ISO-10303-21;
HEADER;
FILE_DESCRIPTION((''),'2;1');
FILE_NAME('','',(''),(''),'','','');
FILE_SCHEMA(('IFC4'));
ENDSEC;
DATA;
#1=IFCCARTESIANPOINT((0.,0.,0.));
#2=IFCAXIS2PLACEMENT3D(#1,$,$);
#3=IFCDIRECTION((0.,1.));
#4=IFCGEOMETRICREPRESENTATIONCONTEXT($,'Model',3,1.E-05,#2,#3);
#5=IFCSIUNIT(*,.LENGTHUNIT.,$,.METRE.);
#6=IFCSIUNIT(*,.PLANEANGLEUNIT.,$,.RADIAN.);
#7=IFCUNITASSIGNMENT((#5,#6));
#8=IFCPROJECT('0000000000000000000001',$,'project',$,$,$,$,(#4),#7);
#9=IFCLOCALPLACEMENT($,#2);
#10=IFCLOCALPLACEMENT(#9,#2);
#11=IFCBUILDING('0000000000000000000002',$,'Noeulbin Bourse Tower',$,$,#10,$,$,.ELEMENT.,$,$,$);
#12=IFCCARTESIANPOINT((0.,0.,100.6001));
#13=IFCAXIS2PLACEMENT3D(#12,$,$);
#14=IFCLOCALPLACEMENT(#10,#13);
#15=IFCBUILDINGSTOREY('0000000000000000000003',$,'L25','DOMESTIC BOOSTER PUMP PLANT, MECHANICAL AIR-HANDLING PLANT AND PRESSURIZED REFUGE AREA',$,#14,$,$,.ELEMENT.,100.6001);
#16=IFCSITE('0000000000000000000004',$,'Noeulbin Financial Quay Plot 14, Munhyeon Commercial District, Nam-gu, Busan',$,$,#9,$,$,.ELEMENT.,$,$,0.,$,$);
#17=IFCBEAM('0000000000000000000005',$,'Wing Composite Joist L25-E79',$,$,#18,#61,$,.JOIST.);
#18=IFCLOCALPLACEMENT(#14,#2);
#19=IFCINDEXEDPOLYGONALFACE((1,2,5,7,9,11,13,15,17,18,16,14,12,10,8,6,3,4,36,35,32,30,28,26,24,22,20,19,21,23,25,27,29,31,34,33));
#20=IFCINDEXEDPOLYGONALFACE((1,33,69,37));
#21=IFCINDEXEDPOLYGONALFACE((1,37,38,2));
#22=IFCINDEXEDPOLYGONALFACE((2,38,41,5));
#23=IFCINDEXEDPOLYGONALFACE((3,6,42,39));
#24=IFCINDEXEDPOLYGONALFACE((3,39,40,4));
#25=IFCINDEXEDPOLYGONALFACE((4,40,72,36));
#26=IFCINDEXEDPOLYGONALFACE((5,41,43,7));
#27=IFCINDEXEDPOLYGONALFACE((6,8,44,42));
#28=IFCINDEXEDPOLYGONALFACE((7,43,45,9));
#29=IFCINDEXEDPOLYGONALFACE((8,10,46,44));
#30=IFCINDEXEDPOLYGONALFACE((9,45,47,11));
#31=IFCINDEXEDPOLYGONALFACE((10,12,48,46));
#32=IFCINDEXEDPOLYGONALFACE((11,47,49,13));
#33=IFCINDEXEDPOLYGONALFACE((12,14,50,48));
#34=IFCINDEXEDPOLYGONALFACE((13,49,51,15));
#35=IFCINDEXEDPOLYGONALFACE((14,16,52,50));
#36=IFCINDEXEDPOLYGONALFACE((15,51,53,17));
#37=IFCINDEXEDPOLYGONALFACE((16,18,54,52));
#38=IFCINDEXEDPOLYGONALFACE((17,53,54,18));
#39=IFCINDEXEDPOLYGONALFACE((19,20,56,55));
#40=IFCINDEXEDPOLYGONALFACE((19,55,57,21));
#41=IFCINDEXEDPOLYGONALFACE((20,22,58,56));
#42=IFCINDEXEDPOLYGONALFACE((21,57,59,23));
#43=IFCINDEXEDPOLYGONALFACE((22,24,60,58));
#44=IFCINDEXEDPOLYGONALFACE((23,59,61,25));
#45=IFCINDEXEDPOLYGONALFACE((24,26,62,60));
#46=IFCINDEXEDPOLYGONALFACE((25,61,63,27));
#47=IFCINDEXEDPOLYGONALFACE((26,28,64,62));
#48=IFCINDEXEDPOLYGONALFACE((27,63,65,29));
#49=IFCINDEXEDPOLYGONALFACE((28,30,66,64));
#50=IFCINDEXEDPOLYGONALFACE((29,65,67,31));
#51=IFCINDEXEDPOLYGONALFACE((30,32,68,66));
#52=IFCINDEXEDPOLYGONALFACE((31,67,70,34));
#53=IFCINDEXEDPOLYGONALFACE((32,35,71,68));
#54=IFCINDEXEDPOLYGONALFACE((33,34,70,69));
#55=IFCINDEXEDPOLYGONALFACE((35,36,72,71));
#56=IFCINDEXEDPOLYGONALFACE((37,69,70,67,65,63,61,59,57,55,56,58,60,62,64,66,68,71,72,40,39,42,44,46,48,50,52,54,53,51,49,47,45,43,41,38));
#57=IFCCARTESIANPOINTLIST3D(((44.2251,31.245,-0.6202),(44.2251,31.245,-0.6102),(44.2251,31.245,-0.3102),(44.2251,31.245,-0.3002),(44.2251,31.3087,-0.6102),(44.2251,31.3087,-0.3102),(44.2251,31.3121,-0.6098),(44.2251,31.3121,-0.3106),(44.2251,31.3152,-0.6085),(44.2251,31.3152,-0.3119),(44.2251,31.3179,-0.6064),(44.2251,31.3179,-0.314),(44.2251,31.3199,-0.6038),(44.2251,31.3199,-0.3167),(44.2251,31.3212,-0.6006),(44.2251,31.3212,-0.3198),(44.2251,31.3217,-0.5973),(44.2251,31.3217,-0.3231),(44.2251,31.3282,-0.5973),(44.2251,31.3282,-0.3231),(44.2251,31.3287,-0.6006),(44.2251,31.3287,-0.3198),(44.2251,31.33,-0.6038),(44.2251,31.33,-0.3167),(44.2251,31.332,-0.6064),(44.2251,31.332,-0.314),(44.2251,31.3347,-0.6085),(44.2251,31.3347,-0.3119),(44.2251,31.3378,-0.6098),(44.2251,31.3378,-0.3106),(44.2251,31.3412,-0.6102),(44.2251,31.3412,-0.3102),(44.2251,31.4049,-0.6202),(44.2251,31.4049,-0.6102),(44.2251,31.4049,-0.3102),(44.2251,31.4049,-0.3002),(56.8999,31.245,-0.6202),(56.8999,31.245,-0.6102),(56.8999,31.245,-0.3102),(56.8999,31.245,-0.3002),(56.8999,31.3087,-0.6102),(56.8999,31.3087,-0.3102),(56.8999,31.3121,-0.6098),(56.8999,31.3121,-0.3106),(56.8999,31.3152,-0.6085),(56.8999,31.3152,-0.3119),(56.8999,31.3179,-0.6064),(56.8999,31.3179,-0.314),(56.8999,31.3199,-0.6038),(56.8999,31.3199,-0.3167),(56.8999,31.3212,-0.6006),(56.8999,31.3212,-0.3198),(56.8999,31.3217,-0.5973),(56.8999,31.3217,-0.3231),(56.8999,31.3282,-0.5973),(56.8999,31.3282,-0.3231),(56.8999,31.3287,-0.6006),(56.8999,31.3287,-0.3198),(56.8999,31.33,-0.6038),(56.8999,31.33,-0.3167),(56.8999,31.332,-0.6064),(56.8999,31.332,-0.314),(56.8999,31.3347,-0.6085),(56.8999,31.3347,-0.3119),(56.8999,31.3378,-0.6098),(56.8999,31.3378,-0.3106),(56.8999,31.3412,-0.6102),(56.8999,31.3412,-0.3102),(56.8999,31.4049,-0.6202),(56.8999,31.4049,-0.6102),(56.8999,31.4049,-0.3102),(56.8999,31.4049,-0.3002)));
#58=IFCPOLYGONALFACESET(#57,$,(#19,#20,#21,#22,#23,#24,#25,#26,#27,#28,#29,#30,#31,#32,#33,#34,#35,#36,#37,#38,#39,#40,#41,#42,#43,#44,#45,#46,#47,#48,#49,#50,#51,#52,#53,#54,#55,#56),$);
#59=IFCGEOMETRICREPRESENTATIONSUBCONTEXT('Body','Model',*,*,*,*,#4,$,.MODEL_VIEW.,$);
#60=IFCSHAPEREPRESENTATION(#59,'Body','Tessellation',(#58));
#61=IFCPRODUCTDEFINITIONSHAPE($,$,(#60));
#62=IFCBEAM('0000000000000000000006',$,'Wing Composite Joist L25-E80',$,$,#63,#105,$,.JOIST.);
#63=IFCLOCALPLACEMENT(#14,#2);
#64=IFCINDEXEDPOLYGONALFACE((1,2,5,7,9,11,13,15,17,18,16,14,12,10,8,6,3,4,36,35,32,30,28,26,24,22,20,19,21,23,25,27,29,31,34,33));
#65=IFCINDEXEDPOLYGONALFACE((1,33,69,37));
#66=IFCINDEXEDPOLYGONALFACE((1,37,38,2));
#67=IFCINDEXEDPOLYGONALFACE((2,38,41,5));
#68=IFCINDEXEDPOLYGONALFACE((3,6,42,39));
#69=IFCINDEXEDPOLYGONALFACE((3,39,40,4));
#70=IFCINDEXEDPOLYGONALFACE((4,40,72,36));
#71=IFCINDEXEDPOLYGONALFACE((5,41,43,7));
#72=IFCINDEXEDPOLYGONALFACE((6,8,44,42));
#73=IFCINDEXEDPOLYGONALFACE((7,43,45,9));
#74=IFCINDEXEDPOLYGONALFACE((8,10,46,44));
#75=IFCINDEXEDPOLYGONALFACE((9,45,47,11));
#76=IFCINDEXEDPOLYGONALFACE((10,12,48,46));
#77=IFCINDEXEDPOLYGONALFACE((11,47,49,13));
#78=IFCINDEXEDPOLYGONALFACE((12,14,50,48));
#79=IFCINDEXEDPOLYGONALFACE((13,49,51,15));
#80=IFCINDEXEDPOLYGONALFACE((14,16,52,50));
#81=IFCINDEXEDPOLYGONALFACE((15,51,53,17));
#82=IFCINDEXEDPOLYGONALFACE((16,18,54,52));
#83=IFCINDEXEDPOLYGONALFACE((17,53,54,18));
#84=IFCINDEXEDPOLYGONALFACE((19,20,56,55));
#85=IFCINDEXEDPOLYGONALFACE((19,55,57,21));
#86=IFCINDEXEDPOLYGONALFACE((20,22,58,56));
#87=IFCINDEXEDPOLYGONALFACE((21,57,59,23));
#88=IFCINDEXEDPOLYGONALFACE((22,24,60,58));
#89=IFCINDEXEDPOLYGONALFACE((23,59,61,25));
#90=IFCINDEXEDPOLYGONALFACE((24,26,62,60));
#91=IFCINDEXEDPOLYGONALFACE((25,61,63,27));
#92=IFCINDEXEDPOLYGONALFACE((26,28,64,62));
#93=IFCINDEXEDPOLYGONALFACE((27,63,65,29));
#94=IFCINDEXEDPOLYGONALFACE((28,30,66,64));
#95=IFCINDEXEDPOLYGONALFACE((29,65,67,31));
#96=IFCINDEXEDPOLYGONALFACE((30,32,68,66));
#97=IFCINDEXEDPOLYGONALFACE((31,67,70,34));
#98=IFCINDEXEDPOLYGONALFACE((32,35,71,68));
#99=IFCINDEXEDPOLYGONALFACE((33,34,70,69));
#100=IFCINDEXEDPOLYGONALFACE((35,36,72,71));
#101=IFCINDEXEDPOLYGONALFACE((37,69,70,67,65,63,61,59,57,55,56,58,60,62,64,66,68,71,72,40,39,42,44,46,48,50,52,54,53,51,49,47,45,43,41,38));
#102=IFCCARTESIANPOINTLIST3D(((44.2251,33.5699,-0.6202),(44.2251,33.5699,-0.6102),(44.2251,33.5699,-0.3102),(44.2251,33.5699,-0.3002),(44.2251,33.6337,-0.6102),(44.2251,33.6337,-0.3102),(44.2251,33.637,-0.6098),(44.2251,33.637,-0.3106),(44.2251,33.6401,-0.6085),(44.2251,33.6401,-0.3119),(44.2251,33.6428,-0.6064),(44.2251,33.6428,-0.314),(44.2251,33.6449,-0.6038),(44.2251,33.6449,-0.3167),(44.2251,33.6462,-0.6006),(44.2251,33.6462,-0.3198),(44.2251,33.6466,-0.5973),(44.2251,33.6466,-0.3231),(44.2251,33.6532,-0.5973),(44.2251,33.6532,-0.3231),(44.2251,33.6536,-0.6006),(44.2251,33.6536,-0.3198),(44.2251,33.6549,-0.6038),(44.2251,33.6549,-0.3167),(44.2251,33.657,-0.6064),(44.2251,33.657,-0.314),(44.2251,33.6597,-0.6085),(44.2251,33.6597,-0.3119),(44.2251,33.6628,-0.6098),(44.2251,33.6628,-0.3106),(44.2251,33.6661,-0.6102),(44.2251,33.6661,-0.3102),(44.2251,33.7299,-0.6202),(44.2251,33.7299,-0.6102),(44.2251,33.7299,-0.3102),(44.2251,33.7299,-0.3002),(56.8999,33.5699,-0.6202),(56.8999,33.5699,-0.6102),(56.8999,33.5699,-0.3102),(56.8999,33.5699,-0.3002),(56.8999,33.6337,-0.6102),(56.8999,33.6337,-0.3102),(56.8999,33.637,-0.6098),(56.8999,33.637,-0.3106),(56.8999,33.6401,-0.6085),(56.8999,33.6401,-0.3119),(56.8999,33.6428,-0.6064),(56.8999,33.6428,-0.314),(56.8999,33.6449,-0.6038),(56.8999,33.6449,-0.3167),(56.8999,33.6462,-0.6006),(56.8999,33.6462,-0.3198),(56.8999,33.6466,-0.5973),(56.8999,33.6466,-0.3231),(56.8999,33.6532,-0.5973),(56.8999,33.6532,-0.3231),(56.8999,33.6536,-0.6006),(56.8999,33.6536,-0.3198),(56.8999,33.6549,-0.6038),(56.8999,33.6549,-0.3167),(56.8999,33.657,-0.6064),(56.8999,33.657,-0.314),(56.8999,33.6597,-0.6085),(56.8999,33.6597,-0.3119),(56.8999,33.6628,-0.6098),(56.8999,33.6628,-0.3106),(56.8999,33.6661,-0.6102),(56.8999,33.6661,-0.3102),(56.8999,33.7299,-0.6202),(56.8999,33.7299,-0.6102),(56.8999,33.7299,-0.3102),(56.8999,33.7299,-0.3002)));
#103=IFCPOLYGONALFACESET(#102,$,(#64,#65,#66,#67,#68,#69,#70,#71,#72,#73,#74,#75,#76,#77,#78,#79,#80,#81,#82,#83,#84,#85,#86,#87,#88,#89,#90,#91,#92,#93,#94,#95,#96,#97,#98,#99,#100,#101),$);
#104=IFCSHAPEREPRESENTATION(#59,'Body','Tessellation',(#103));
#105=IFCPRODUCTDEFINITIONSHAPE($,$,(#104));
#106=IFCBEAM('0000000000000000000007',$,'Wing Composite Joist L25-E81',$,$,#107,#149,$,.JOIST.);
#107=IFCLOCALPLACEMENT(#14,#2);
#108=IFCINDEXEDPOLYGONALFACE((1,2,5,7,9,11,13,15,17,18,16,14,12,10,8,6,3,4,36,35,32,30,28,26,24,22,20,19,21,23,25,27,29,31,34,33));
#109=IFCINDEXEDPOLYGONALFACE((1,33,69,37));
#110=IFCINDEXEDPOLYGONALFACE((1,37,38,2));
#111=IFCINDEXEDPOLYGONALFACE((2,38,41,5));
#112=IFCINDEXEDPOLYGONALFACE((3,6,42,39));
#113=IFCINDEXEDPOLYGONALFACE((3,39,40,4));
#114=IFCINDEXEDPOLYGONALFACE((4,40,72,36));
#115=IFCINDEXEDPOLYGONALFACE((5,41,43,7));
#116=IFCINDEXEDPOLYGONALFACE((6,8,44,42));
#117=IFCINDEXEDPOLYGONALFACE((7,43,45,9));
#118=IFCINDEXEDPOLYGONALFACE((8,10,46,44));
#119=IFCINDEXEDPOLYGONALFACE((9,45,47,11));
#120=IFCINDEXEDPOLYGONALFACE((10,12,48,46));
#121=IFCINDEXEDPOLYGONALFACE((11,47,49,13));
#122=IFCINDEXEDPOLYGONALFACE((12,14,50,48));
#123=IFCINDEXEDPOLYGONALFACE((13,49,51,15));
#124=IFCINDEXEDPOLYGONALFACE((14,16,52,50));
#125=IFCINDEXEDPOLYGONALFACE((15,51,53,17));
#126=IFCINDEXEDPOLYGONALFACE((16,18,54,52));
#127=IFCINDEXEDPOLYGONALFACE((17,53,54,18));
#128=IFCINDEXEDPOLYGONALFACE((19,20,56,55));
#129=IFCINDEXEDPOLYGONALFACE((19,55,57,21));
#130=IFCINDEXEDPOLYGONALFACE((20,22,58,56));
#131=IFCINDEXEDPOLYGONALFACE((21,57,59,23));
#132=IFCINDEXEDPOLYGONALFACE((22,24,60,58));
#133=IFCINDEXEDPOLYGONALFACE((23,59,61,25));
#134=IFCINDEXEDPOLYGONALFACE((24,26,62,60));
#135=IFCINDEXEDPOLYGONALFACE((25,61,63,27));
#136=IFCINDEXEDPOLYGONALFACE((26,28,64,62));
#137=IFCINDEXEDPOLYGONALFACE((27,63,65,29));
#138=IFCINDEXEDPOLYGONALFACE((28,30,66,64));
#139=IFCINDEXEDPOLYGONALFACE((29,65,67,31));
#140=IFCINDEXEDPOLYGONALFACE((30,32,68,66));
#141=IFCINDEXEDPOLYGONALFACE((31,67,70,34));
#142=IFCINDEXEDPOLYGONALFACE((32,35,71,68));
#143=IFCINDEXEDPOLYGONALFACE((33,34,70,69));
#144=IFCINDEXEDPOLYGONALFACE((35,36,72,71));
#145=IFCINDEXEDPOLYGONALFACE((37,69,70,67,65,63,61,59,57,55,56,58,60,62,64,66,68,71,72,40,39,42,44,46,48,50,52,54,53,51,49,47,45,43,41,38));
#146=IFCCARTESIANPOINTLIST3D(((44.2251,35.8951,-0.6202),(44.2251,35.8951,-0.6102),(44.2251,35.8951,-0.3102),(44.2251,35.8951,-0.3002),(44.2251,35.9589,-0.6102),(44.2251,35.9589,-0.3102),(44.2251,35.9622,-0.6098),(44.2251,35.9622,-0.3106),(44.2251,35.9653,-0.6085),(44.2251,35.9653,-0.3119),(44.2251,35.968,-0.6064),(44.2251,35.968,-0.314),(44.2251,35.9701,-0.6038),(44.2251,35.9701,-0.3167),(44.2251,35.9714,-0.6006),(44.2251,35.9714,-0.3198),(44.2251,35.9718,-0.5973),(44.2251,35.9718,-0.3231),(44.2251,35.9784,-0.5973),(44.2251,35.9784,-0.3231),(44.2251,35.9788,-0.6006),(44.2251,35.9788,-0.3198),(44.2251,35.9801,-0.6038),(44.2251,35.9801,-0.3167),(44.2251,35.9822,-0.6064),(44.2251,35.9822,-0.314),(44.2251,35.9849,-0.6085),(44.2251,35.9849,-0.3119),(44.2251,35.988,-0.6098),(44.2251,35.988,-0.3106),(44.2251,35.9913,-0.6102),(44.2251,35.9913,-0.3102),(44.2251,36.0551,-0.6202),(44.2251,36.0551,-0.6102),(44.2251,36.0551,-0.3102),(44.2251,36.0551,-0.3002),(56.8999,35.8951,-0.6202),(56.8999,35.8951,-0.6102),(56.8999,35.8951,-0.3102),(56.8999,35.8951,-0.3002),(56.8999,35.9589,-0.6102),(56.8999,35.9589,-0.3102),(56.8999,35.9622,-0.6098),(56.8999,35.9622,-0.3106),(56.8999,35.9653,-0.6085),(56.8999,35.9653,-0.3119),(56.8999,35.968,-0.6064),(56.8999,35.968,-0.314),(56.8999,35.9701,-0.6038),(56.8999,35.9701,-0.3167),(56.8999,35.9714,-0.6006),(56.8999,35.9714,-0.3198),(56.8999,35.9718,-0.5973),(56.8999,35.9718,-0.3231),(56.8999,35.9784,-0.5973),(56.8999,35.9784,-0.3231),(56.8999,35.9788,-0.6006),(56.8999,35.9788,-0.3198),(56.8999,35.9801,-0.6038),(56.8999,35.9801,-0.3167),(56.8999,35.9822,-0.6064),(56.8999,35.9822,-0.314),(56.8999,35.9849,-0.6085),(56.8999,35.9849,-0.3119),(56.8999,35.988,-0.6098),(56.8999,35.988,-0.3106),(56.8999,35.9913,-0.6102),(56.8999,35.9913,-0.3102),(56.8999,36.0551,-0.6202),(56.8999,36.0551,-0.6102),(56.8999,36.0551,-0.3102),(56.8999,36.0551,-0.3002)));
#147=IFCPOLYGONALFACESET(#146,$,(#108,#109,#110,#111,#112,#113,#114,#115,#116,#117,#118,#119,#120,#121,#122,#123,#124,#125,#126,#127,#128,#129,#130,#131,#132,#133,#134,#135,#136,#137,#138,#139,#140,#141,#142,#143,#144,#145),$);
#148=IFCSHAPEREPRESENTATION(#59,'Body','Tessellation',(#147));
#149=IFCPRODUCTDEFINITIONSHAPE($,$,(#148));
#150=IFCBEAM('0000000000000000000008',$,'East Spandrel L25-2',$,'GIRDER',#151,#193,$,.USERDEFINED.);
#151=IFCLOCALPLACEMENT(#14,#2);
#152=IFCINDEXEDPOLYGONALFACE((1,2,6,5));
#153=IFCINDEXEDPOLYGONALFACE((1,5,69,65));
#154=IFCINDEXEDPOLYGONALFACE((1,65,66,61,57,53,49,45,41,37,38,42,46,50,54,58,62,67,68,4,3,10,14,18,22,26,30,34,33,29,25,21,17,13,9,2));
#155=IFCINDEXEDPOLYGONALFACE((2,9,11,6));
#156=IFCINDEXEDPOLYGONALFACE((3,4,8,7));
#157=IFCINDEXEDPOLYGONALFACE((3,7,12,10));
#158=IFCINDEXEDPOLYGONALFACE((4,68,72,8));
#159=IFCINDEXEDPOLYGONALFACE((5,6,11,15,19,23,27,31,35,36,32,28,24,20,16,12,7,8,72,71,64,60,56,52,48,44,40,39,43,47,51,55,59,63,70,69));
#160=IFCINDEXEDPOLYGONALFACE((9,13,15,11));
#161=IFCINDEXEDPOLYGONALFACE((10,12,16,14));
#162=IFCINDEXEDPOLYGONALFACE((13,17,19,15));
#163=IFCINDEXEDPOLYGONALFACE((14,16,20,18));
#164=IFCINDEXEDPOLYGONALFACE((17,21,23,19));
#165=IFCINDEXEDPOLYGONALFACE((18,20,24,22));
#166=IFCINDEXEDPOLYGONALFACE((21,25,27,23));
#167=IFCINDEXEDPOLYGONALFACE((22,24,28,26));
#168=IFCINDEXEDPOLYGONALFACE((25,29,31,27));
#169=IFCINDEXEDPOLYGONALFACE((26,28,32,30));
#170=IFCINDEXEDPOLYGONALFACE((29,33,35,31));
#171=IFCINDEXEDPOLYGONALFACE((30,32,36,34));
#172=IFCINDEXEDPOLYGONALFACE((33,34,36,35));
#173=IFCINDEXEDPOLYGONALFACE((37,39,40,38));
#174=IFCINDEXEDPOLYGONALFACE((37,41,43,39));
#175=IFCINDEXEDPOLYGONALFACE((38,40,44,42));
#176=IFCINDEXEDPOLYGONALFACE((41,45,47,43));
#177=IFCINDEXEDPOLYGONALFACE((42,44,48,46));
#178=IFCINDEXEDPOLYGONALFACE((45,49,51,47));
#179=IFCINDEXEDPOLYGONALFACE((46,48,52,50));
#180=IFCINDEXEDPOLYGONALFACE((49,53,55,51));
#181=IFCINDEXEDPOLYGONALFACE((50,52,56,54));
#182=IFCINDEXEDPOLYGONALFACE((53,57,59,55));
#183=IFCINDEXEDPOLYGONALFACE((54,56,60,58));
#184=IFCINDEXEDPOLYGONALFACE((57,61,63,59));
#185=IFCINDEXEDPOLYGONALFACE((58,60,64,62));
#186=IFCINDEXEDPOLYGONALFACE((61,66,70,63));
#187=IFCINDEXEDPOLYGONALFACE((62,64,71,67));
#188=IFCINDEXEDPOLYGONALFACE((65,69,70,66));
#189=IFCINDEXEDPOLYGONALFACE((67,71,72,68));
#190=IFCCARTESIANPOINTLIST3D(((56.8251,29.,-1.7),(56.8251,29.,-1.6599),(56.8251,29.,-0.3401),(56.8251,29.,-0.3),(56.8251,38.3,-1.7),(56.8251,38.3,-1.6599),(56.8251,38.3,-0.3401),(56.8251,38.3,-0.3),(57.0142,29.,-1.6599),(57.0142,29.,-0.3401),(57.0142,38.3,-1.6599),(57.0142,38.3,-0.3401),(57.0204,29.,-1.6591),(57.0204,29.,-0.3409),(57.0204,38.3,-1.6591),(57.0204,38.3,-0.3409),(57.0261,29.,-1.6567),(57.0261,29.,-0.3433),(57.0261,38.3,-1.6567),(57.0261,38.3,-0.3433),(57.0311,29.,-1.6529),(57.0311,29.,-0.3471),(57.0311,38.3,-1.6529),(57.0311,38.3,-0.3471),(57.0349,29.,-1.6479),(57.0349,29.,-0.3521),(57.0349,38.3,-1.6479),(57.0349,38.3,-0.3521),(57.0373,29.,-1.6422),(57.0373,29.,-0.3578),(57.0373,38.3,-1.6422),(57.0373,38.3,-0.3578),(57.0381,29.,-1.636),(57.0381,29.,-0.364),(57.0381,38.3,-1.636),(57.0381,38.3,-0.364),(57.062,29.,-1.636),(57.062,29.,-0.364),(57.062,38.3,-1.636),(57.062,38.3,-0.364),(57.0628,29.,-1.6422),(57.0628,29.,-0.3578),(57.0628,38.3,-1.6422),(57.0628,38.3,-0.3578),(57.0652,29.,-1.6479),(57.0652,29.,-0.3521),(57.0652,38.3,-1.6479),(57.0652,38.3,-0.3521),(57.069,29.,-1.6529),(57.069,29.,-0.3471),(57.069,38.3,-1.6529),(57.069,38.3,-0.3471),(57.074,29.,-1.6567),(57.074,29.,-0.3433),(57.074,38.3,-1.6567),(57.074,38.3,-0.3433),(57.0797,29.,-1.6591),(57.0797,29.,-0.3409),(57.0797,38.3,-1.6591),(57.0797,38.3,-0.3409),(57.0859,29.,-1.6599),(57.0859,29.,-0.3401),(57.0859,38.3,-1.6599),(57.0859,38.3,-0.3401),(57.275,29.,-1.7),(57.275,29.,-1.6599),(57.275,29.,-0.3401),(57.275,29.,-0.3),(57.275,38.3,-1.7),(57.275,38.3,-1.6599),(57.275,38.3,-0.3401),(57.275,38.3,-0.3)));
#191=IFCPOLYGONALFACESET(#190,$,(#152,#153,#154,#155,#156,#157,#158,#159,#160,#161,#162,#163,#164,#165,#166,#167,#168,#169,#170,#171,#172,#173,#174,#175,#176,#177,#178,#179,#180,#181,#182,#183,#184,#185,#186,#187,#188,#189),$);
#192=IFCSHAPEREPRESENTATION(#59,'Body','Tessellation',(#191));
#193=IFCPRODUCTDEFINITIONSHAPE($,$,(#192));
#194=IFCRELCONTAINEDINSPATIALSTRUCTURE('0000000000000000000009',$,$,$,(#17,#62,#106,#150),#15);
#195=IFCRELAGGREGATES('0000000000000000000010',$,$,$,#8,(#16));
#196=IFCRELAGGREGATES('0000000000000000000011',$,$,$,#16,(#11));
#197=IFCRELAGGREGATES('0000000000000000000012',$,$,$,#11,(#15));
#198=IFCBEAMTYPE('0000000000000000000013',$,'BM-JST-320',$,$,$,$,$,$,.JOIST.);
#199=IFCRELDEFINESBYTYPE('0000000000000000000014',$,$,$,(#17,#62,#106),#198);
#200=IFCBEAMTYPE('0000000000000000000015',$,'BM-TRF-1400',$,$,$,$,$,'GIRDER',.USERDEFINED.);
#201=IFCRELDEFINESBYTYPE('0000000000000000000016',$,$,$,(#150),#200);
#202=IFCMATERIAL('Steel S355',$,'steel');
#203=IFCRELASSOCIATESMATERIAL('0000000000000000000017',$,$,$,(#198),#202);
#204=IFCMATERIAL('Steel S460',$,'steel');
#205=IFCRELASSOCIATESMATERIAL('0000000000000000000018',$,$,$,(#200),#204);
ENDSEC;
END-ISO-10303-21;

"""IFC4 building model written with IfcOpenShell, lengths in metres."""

from ifc_helpers import new_model, si_unit, direction, frame, origin, origin_2d, place, context, subcontext, project, spatial, i_section, extrude, material, material_profile, profile_set, type_object, element, save


model = new_model("IFC4")

# Units and contexts
model_context = context("Model", 3, precision=1e-05, world=origin(), true_north=direction((0.0, 1.0)))
body_context = subcontext(model_context, "Body", "Model", "MODEL_VIEW")
ifc_project = project(units=[si_unit("LENGTHUNIT", "METRE"), si_unit("PLANEANGLEUNIT", "RADIAN")], contexts=[model_context])

# Site, building, storey
site_placement = place(None, origin())
site = spatial("IfcSite", under=ifc_project, at=site_placement, Name="Noeulbin Financial Quay Plot 14, Munhyeon Commercial District, Nam-gu, Busan", CompositionType="ELEMENT", RefElevation=0.0)
building_placement = place(site_placement, origin())
building = spatial("IfcBuilding", under=site, at=building_placement, Name="Noeulbin Bourse Tower", CompositionType="ELEMENT")
storey_placement = place(building_placement, frame((0.0, 0.0, 100.6001)))
storey = spatial("IfcBuildingStorey", under=building, at=storey_placement, Name="L25", Description="DOMESTIC BOOSTER PUMP PLANT, MECHANICAL AIR-HANDLING PLANT AND PRESSURIZED REFUGE AREA", CompositionType="ELEMENT", Elevation=100.6001)

# Shared definitions
ifc_material_1 = material(Name="Steel S460", Category="steel")

# Beams
ifc_material_2 = material(Name="Steel S355", Category="steel")
ifc_material_profile_1 = material_profile(ifc_material_2, i_section(OverallWidth=0.1599, OverallDepth=0.3201, WebThickness=0.0066, FlangeThickness=0.01, FilletRadius=0.0129, at=origin_2d()), Name="H-320x160x6.5x10", Category="LoadBearing")
ifc_profile_set_1 = profile_set([ifc_material_profile_1], Name="Steel S355")
beam_type_1 = type_object("IfcBeamType", Name="BM-JST-320", PredefinedType="JOIST", material=ifc_profile_set_1)
for number, where, z_axis, x_axis, name in (
    (1, (44.2251, 31.325, -0.4602), (1.0, 0.0, 0.0), (0.0, 1.0, 0.0), "Wing Composite Joist L25-E79"),
    (2, (44.2251, 33.6499, -0.4602), (1.0, 0.0, 0.0), (0.0, 1.0, 0.0), "Wing Composite Joist L25-E80"),
    (3, (44.2251, 35.9751, -0.4602), (1.0, 0.0, 0.0), (0.0, 1.0, 0.0), "Wing Composite Joist L25-E81"),
):
    element("IfcBeam", number, at=place(storey_placement, frame(where, z_axis=z_axis, x_axis=x_axis)), inside=storey, type_object=beam_type_1, Name=name, PredefinedType="JOIST", context=body_context, shape_type="SweptSolid", body=[
        extrude(i_section(OverallWidth=0.1599, OverallDepth=0.3201, WebThickness=0.0066, FlangeThickness=0.01, FilletRadius=0.0129, at=origin_2d()), origin(), (0.0, 0.0, 1.0), 12.6748),
    ])
ifc_material_profile_2 = material_profile(ifc_material_1, i_section(OverallWidth=0.45, OverallDepth=1.3999, WebThickness=0.0239, FlangeThickness=0.04, FilletRadius=0.0239, at=origin_2d()), Name="PG-1400x450x24x40", Category="LoadBearing")
ifc_profile_set_2 = profile_set([ifc_material_profile_2], Name="Steel S460")
beam_type_2 = type_object("IfcBeamType", Name="BM-TRF-1400", ElementType="GIRDER", PredefinedType="USERDEFINED", material=ifc_profile_set_2)
beam_placement = place(storey_placement, frame((57.05, 29.0, -1.0), z_axis=(0.0, 1.0, 0.0), x_axis=(-1.0, 0.0, 0.0)))
element("IfcBeam", 4, at=beam_placement, inside=storey, type_object=beam_type_2, Name="East Spandrel L25-2", ObjectType="GIRDER", PredefinedType="USERDEFINED", context=body_context, shape_type="SweptSolid", body=[
    extrude(i_section(OverallWidth=0.45, OverallDepth=1.3999, WebThickness=0.0239, FlangeThickness=0.04, FilletRadius=0.0239, at=origin_2d()), origin(), (0.0, 0.0, 1.0), 9.3),
])

save(model, "model.ifc")
